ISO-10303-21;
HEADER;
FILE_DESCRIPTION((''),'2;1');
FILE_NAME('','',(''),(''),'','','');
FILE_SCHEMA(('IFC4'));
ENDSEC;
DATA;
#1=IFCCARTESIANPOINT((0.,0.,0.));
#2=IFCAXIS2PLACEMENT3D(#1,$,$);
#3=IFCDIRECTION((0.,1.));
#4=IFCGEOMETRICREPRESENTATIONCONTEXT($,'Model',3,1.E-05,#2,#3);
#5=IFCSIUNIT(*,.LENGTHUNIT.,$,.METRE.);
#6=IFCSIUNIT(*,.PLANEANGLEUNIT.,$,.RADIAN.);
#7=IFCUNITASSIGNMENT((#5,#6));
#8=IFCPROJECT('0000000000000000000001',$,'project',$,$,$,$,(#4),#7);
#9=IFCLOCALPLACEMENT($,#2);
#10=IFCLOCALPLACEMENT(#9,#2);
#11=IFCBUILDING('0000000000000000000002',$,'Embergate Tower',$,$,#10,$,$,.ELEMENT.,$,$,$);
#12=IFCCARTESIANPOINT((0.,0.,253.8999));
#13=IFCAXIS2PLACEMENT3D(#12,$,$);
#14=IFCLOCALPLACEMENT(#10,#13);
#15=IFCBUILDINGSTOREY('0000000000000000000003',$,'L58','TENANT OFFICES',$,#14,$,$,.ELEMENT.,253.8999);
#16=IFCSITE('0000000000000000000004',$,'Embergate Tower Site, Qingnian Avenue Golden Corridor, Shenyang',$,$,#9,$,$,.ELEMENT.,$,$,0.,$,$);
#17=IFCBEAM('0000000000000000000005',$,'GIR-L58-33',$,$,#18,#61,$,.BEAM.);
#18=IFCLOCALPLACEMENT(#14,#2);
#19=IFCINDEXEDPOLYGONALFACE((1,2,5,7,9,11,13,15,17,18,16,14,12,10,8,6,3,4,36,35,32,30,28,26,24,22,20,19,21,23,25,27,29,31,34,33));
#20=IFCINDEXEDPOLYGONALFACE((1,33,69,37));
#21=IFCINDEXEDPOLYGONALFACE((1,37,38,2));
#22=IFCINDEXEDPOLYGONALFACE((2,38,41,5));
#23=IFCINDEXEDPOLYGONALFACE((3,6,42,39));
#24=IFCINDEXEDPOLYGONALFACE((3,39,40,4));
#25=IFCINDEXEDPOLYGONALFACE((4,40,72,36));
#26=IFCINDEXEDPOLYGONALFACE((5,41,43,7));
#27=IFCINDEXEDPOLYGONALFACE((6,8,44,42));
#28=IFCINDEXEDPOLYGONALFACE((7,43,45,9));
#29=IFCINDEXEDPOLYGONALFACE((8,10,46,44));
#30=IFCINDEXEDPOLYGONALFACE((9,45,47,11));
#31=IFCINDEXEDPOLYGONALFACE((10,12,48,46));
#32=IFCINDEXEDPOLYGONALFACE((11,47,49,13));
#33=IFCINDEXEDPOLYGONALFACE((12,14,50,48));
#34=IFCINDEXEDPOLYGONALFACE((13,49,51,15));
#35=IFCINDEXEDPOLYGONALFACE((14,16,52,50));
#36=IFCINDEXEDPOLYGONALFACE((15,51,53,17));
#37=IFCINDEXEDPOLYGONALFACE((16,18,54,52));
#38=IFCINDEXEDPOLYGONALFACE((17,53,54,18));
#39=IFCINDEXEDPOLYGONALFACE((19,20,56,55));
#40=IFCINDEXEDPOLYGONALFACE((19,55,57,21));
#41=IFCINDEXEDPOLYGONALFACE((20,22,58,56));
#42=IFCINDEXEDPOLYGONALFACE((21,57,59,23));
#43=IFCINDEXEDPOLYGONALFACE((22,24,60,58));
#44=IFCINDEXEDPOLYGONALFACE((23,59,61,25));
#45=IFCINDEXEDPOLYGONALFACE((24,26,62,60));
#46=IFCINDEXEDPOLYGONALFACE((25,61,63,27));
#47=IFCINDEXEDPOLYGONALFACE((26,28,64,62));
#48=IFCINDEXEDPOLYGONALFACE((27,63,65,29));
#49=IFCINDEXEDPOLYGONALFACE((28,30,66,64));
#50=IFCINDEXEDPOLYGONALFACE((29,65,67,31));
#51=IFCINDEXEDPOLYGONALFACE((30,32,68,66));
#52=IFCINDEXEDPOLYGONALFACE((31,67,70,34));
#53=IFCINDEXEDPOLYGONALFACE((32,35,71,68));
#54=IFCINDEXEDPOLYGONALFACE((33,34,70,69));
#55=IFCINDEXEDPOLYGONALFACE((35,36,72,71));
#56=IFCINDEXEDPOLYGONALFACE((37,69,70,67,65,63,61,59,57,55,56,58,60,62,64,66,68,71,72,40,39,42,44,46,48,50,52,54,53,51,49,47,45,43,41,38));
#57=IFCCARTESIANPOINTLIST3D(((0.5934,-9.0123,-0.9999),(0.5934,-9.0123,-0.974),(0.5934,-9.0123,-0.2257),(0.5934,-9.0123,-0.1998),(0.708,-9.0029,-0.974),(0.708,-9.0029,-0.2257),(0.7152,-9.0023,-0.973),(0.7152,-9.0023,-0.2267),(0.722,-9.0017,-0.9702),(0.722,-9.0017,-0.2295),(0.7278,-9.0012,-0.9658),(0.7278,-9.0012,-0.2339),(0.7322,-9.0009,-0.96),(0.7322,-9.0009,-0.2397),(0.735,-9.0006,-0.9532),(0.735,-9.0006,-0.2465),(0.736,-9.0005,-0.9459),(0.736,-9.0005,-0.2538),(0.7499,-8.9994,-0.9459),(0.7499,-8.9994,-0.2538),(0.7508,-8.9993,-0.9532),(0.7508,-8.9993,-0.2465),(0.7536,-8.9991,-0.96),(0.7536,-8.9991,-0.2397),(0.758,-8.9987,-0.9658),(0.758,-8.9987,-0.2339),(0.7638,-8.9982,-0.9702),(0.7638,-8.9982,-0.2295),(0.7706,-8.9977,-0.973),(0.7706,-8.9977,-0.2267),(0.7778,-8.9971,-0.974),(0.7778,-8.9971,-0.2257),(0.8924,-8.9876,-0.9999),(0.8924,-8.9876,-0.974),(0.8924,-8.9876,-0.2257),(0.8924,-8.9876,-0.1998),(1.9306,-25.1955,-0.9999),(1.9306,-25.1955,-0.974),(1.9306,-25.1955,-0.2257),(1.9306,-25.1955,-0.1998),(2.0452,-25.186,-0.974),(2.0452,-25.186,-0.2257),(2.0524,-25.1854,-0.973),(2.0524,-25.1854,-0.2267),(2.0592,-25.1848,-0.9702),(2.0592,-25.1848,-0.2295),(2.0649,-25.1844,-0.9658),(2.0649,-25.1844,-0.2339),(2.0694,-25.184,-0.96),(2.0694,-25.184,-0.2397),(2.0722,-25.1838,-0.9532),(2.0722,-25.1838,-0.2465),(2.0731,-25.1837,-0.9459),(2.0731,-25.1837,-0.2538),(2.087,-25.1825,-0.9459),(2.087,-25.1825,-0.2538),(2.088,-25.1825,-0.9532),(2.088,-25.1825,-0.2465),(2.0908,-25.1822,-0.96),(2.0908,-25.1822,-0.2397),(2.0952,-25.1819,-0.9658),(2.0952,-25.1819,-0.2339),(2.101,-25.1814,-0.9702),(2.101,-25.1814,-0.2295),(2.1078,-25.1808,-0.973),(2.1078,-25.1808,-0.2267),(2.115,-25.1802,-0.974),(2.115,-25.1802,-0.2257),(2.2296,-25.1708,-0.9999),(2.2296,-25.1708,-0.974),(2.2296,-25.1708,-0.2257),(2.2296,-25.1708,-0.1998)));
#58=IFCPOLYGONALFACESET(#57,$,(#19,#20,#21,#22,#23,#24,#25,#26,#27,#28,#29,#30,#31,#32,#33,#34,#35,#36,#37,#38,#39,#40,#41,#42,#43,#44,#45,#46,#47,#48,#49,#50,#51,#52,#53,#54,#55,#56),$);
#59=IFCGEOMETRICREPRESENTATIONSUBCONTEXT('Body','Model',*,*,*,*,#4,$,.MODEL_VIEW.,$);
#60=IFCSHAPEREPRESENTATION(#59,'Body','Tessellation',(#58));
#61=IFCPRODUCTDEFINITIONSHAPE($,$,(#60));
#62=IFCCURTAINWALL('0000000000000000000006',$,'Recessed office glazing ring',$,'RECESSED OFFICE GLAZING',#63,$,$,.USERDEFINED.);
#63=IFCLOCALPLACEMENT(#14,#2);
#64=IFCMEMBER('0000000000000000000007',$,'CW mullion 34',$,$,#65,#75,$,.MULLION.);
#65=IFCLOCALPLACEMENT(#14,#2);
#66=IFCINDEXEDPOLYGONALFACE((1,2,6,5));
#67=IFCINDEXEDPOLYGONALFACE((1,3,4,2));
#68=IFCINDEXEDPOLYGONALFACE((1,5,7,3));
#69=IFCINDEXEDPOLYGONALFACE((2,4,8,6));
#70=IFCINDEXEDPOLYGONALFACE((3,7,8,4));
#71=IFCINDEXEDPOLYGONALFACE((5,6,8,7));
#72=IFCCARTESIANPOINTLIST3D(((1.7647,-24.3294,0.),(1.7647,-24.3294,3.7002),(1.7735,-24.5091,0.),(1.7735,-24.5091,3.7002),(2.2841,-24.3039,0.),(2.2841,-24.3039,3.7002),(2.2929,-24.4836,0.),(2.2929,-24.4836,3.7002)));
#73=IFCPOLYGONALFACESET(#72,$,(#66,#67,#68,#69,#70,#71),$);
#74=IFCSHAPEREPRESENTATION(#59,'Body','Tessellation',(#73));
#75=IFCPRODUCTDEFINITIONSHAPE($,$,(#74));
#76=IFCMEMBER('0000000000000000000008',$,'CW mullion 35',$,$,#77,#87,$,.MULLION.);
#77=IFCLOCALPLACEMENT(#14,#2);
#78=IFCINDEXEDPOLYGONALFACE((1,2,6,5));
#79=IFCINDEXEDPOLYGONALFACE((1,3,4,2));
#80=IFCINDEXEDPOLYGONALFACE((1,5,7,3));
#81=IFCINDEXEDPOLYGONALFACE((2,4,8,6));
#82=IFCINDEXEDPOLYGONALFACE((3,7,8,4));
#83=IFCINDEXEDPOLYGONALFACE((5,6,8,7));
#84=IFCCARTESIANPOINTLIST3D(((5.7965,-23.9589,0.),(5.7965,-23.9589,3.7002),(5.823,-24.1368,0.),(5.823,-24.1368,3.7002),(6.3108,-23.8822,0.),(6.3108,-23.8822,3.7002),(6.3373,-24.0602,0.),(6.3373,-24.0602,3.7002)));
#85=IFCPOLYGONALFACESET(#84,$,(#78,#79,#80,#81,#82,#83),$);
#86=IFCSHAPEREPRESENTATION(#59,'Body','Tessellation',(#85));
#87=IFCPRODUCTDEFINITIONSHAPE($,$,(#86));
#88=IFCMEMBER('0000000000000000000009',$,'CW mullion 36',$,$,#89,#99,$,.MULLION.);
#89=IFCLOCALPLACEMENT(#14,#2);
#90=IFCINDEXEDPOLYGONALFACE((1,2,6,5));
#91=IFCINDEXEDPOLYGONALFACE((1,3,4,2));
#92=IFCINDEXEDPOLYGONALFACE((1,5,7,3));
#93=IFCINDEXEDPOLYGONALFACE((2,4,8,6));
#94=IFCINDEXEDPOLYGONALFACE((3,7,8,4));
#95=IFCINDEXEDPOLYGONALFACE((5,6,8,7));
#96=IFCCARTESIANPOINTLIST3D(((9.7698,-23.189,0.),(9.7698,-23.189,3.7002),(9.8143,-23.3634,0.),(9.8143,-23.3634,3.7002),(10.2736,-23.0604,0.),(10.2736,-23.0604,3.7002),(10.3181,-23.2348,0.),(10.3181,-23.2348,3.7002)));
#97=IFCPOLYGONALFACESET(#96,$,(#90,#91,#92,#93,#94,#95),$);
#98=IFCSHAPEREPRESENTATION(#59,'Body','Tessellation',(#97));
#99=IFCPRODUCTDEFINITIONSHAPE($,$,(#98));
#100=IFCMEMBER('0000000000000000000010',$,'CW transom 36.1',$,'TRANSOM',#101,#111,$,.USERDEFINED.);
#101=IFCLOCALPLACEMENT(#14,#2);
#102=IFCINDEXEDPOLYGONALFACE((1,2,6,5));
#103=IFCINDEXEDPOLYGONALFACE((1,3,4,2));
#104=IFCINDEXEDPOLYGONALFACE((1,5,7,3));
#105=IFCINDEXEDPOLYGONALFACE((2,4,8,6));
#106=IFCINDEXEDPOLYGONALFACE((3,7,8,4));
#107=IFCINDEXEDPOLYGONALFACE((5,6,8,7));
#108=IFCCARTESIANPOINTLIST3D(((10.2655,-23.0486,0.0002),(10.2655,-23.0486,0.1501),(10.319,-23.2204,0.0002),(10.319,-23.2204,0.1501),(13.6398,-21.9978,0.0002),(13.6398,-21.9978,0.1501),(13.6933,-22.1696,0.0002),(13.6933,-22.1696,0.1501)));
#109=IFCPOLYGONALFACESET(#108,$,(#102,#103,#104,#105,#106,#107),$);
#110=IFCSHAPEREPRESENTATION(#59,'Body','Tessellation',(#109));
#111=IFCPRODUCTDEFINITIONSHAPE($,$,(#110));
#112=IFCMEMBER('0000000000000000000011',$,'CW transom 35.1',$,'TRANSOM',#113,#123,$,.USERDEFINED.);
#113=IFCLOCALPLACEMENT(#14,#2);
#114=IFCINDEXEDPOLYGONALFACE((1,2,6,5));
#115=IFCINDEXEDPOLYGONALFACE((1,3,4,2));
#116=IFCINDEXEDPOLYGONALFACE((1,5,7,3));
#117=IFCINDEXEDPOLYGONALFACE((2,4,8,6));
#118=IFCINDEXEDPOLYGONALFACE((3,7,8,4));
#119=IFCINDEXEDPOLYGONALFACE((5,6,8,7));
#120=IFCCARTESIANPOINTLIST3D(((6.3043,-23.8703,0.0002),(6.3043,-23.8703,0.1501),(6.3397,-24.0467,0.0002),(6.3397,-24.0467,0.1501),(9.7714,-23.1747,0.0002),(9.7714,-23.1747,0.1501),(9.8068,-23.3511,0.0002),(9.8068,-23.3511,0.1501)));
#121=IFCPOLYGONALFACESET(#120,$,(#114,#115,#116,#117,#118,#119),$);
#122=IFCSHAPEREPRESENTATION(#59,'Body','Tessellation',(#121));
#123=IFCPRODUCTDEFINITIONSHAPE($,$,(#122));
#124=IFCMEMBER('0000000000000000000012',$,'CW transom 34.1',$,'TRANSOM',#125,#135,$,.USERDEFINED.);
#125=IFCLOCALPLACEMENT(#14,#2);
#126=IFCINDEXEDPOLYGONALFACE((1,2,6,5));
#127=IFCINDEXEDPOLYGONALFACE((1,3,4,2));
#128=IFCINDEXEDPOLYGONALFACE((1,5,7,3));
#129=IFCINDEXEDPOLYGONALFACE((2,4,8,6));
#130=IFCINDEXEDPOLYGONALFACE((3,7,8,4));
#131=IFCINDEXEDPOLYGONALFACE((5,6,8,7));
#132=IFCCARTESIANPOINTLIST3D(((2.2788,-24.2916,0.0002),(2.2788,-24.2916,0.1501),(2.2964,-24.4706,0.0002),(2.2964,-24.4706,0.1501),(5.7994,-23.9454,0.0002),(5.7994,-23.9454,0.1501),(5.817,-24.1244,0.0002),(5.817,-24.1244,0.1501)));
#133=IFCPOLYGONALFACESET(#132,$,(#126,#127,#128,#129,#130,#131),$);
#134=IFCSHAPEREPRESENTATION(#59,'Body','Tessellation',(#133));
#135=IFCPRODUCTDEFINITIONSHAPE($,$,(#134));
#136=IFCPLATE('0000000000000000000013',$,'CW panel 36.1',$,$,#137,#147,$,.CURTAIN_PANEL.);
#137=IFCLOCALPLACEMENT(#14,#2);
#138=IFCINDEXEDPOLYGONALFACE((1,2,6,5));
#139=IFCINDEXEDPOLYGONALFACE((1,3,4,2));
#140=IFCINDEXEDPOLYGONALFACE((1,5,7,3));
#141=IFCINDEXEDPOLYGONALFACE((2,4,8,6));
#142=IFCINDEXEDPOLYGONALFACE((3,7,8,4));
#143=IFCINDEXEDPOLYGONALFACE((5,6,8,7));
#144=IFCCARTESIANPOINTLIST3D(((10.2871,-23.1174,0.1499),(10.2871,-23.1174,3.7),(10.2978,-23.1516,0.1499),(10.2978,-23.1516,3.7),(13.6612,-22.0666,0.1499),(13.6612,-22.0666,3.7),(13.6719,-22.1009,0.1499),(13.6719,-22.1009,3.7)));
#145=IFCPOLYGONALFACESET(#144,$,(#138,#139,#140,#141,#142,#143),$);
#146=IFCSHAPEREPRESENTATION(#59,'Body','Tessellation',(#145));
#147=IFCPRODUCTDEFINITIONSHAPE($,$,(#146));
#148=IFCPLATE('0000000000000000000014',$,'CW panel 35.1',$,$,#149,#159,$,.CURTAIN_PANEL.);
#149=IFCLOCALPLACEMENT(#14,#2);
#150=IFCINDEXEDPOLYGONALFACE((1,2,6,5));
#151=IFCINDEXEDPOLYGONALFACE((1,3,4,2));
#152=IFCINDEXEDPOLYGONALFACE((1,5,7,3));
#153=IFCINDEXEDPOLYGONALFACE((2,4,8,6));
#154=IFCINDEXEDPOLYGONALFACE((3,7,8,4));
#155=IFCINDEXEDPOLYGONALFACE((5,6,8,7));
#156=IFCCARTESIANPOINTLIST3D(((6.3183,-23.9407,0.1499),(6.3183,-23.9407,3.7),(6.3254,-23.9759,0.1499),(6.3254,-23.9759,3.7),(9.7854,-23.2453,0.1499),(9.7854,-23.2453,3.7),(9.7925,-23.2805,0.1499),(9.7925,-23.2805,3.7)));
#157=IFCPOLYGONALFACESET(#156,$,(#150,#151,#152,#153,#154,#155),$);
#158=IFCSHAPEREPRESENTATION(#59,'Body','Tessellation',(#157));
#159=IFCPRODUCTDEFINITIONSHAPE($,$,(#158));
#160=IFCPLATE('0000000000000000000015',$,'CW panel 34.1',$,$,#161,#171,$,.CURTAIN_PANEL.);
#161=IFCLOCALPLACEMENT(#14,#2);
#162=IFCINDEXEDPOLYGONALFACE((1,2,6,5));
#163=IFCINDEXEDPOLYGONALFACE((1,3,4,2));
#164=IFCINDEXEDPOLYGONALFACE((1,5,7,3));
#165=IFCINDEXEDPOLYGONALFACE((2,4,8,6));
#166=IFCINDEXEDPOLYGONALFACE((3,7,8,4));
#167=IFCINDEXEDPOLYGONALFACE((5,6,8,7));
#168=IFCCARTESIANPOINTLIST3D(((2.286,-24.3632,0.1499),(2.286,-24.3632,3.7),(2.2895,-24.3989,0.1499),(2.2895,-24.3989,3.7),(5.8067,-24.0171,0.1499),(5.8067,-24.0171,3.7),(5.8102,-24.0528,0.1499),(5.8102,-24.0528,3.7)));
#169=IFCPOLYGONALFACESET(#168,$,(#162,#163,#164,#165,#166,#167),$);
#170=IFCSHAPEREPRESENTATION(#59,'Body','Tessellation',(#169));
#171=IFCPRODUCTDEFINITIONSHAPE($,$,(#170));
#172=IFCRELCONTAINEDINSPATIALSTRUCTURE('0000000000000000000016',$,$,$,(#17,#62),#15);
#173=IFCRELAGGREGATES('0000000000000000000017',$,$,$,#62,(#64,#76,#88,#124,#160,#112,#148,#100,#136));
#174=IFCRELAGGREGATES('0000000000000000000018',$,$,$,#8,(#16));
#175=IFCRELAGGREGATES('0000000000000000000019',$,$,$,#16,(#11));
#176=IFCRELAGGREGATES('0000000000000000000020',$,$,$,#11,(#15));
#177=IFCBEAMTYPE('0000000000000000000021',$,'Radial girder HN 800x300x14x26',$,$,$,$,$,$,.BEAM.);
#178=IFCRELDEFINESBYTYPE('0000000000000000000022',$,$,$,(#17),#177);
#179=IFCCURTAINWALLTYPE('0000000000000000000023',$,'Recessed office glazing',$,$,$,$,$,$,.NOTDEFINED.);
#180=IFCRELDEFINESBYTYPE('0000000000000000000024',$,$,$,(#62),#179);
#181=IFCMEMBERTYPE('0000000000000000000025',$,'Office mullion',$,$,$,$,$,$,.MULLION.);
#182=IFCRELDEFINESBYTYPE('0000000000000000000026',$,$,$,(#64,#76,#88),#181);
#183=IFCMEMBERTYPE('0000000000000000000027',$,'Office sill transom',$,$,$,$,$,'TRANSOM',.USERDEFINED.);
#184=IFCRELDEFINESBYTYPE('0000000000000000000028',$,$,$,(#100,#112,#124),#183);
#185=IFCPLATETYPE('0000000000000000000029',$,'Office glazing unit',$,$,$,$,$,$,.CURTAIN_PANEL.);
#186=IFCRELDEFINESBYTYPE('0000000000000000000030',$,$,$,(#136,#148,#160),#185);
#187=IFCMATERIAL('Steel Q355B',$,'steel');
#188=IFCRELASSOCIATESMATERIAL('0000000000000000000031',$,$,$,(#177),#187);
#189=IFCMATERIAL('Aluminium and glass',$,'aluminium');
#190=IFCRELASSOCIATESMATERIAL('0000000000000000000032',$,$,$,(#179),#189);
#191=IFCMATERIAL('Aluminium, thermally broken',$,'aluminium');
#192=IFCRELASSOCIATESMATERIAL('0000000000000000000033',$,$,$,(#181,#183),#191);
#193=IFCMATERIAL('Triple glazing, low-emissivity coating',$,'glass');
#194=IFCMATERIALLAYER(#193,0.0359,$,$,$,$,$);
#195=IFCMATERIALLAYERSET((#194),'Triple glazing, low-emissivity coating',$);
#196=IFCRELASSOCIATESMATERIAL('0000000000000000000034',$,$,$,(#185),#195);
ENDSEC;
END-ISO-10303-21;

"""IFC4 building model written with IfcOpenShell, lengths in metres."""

from ifc_helpers import new_model, si_unit, direction, frame, origin, origin_2d, place, context, subcontext, project, spatial, rectangle, i_section, extrude, source, transform, mapped, material, layer, layer_set, material_profile, profile_set, type_object, element, aggregate, save


model = new_model("IFC4")

# Units and contexts
model_context = context("Model", 3, precision=1e-05, world=origin(), true_north=direction((0.0, 1.0)))
body_context = subcontext(model_context, "Body", "Model", "MODEL_VIEW")
ifc_project = project(units=[si_unit("LENGTHUNIT", "METRE"), si_unit("PLANEANGLEUNIT", "RADIAN")], contexts=[model_context])

# Site, building, storey
site_placement = place(None, origin())
site = spatial("IfcSite", under=ifc_project, at=site_placement, Name="Embergate Tower Site, Qingnian Avenue Golden Corridor, Shenyang", CompositionType="ELEMENT", RefElevation=0.0)
building_placement = place(site_placement, origin())
building = spatial("IfcBuilding", under=site, at=building_placement, Name="Embergate Tower", CompositionType="ELEMENT")
storey_placement = place(building_placement, frame((0.0, 0.0, 253.8999)))
storey = spatial("IfcBuildingStorey", under=building, at=storey_placement, Name="L58", Description="TENANT OFFICES", CompositionType="ELEMENT", Elevation=253.8999)

# Beam
ifc_material_1 = material(Name="Steel Q355B", Category="steel")
ifc_material_profile_1 = material_profile(ifc_material_1, i_section(OverallWidth=0.3, OverallDepth=0.8, WebThickness=0.0139, FlangeThickness=0.0259, FilletRadius=0.0281, at=origin_2d()), Name="HN 800x300x14x26")
ifc_profile_set_1 = profile_set([ifc_material_profile_1], Name="Steel Q355 grade B")
beam_type_1 = type_object("IfcBeamType", Name="Radial girder HN 800x300x14x26", PredefinedType="BEAM", material=ifc_profile_set_1)
shared_shape_1 = source(origin(), body_context, "Body", "SweptSolid", [
    extrude(i_section(OverallWidth=0.3, OverallDepth=0.8, WebThickness=0.0139, FlangeThickness=0.0259, FilletRadius=0.0281, at=origin_2d()), origin(), (0.0, 0.0, 1.0), 16.2383),
])
beam_1_placement = place(storey_placement, frame((2.0801, -25.1831, -0.5999), z_axis=(-0.082346, 0.996604, 0.0), x_axis=(-0.996604, -0.082346, 0.0)))
element("IfcBeam", 1, at=beam_1_placement, inside=storey, type_object=beam_type_1, Name="GIR-L58-33", PredefinedType="BEAM", context=body_context, shape_type="MappedRepresentation", body=[
    mapped(shared_shape_1, transform((0.0, 0.0, 0.0))),
])

# Curtain wall, members, plates
ifc_material_2 = material(Name="Aluminium and glass", Category="aluminium")
curtain_wall_type = type_object("IfcCurtainWallType", Name="Recessed office glazing", PredefinedType="NOTDEFINED", material=ifc_material_2)
curtain_wall_placement = place(storey_placement, origin())
curtain_wall = element("IfcCurtainWall", 2, at=curtain_wall_placement, inside=storey, type_object=curtain_wall_type, Name="Recessed office glazing ring", ObjectType="RECESSED OFFICE GLAZING", PredefinedType="USERDEFINED")
ifc_material_3 = material(Name="Aluminium, thermally broken", Category="aluminium")
ifc_material_profile_2 = material_profile(ifc_material_3, rectangle(XDim=0.1799, YDim=0.52, at=origin_2d()), Name="AL 520x180")
ifc_profile_set_2 = profile_set([ifc_material_profile_2], Name="Aluminium, thermally broken")
member_type_1 = type_object("IfcMemberType", Name="Office mullion", PredefinedType="MULLION", material=ifc_profile_set_2)
shared_shape_2 = source(origin(), body_context, "Body", "SweptSolid", [
    extrude(rectangle(XDim=0.1799, YDim=0.52, at=origin_2d()), origin(), (0.0, 0.0, 1.0), 3.7002),
])
member_1_placement = place(storey_placement, frame((2.0288, -24.4065, 0.0), z_axis=(0.0, 0.0, 1.0), x_axis=(-0.04897, 0.9988, 0.0)))
member_1 = element("IfcMember", 3, at=member_1_placement, type_object=member_type_1, Name="CW mullion 34", PredefinedType="MULLION", context=body_context, shape_type="MappedRepresentation", body=[
    mapped(shared_shape_2, transform((0.0, 0.0, 0.0))),
])
member_2_placement = place(storey_placement, frame((6.0669, -24.0095, 0.0), z_axis=(0.0, 0.0, 1.0), x_axis=(-0.147411, 0.989075, 0.0)))
member_2 = element("IfcMember", 4, at=member_2_placement, type_object=member_type_1, Name="CW mullion 35", PredefinedType="MULLION", context=body_context, shape_type="MappedRepresentation", body=[
    mapped(shared_shape_2, transform((0.0, 0.0, 0.0))),
])
member_3_placement = place(storey_placement, frame((10.0439, -23.2119, 0.0), z_axis=(0.0, 0.0, 1.0), x_axis=(-0.247308, 0.968937, 0.0)))
member_3 = element("IfcMember", 5, at=member_3_placement, type_object=member_type_1, Name="CW mullion 36", PredefinedType="MULLION", context=body_context, shape_type="MappedRepresentation", body=[
    mapped(shared_shape_2, transform((0.0, 0.0, 0.0))),
])
ifc_material_profile_3 = material_profile(ifc_material_3, rectangle(XDim=0.1799, YDim=0.1499, at=origin_2d()), Name="AL 150x180")
ifc_profile_set_3 = profile_set([ifc_material_profile_3], Name="Aluminium, thermally broken")
member_type_2 = type_object("IfcMemberType", Name="Office sill transom", ElementType="TRANSOM", PredefinedType="USERDEFINED", material=ifc_profile_set_3)
shared_shape_3 = source(origin(), body_context, "Body", "SweptSolid", [
    extrude(rectangle(XDim=0.1799, YDim=0.1499, at=origin_2d()), origin(), (0.0, 0.0, 1.0), 3.5342),
])
member_4_placement = place(storey_placement, frame((10.2922, -23.1345, 0.0752), z_axis=(0.954776, 0.297327, 0.0), x_axis=(-0.297327, 0.954776, 0.0)))
member_4 = element("IfcMember", 6, at=member_4_placement, type_object=member_type_2, Name="CW transom 36.1", ObjectType="TRANSOM", PredefinedType="USERDEFINED", context=body_context, shape_type="MappedRepresentation", body=[
    mapped(shared_shape_3, transform((0.0, 0.0, 0.0))),
])
shared_shape_4 = source(origin(), body_context, "Body", "SweptSolid", [
    extrude(rectangle(XDim=0.1799, YDim=0.1499, at=origin_2d()), origin(), (0.0, 0.0, 1.0), 3.5361),
])
member_5_placement = place(storey_placement, frame((6.322, -23.9585, 0.0752), z_axis=(0.980464, 0.1967, 0.0), x_axis=(-0.1967, 0.980464, 0.0)))
member_5 = element("IfcMember", 7, at=member_5_placement, type_object=member_type_2, Name="CW transom 35.1", ObjectType="TRANSOM", PredefinedType="USERDEFINED", context=body_context, shape_type="MappedRepresentation", body=[
    mapped(shared_shape_4, transform((0.0, 0.0, 0.0))),
])
shared_shape_5 = source(origin(), body_context, "Body", "SweptSolid", [
    extrude(rectangle(XDim=0.1799, YDim=0.1499, at=origin_2d()), origin(), (0.0, 0.0, 1.0), 3.5376),
])
member_6_placement = place(storey_placement, frame((2.2876, -24.3811, 0.0752), z_axis=(0.9952, 0.097864, 0.0), x_axis=(-0.097864, 0.9952, 0.0)))
member_6 = element("IfcMember", 8, at=member_6_placement, type_object=member_type_2, Name="CW transom 34.1", ObjectType="TRANSOM", PredefinedType="USERDEFINED", context=body_context, shape_type="MappedRepresentation", body=[
    mapped(shared_shape_5, transform((0.0, 0.0, 0.0))),
])
ifc_material_4 = material(Name="Triple glazing, low-emissivity coating", Category="glass")
ifc_layer_1 = layer(ifc_material_4, 0.0359)
ifc_layer_set_1 = layer_set([ifc_layer_1], Name="Triple glazing, low-emissivity coating")
plate_type = type_object("IfcPlateType", Name="Office glazing unit", PredefinedType="CURTAIN_PANEL", material=ifc_layer_set_1)
shared_shape_6 = source(origin(), body_context, "Body", "SweptSolid", [
    extrude(rectangle(XDim=3.5339, YDim=0.0359, at=origin_2d()), origin(), (0.0, 0.0, 1.0), 3.55),
])
plate_1_placement = place(storey_placement, frame((11.9795, -22.6091, 0.1499), z_axis=(0.0, 0.0, 1.0), x_axis=(0.954773, 0.297337, 0.0)))
plate_1 = element("IfcPlate", 9, at=plate_1_placement, type_object=plate_type, Name="CW panel 36.1", PredefinedType="CURTAIN_PANEL", context=body_context, shape_type="MappedRepresentation", body=[
    mapped(shared_shape_6, transform((0.0, 0.0, 0.0))),
])
shared_shape_7 = source(origin(), body_context, "Body", "SweptSolid", [
    extrude(rectangle(XDim=3.5361, YDim=0.0359, at=origin_2d()), origin(), (0.0, 0.0, 1.0), 3.55),
])
plate_2_placement = place(storey_placement, frame((8.0554, -23.6106, 0.1499), z_axis=(0.0, 0.0, 1.0), x_axis=(0.980476, 0.196639, 0.0)))
plate_2 = element("IfcPlate", 10, at=plate_2_placement, type_object=plate_type, Name="CW panel 35.1", PredefinedType="CURTAIN_PANEL", context=body_context, shape_type="MappedRepresentation", body=[
    mapped(shared_shape_7, transform((0.0, 0.0, 0.0))),
])
shared_shape_8 = source(origin(), body_context, "Body", "SweptSolid", [
    extrude(rectangle(XDim=3.5376, YDim=0.0359, at=origin_2d()), origin(), (0.0, 0.0, 1.0), 3.55),
])
plate_3_placement = place(storey_placement, frame((4.0481, -24.208, 0.1499), z_axis=(0.0, 0.0, 1.0), x_axis=(0.995203, 0.09783, 0.0)))
plate_3 = element("IfcPlate", 11, at=plate_3_placement, type_object=plate_type, Name="CW panel 34.1", PredefinedType="CURTAIN_PANEL", context=body_context, shape_type="MappedRepresentation", body=[
    mapped(shared_shape_8, transform((0.0, 0.0, 0.0))),
])
aggregate(curtain_wall, [member_1, member_2, member_3, member_6, plate_3, member_5, plate_2, member_4, plate_1])

save(model, "model.ifc")
